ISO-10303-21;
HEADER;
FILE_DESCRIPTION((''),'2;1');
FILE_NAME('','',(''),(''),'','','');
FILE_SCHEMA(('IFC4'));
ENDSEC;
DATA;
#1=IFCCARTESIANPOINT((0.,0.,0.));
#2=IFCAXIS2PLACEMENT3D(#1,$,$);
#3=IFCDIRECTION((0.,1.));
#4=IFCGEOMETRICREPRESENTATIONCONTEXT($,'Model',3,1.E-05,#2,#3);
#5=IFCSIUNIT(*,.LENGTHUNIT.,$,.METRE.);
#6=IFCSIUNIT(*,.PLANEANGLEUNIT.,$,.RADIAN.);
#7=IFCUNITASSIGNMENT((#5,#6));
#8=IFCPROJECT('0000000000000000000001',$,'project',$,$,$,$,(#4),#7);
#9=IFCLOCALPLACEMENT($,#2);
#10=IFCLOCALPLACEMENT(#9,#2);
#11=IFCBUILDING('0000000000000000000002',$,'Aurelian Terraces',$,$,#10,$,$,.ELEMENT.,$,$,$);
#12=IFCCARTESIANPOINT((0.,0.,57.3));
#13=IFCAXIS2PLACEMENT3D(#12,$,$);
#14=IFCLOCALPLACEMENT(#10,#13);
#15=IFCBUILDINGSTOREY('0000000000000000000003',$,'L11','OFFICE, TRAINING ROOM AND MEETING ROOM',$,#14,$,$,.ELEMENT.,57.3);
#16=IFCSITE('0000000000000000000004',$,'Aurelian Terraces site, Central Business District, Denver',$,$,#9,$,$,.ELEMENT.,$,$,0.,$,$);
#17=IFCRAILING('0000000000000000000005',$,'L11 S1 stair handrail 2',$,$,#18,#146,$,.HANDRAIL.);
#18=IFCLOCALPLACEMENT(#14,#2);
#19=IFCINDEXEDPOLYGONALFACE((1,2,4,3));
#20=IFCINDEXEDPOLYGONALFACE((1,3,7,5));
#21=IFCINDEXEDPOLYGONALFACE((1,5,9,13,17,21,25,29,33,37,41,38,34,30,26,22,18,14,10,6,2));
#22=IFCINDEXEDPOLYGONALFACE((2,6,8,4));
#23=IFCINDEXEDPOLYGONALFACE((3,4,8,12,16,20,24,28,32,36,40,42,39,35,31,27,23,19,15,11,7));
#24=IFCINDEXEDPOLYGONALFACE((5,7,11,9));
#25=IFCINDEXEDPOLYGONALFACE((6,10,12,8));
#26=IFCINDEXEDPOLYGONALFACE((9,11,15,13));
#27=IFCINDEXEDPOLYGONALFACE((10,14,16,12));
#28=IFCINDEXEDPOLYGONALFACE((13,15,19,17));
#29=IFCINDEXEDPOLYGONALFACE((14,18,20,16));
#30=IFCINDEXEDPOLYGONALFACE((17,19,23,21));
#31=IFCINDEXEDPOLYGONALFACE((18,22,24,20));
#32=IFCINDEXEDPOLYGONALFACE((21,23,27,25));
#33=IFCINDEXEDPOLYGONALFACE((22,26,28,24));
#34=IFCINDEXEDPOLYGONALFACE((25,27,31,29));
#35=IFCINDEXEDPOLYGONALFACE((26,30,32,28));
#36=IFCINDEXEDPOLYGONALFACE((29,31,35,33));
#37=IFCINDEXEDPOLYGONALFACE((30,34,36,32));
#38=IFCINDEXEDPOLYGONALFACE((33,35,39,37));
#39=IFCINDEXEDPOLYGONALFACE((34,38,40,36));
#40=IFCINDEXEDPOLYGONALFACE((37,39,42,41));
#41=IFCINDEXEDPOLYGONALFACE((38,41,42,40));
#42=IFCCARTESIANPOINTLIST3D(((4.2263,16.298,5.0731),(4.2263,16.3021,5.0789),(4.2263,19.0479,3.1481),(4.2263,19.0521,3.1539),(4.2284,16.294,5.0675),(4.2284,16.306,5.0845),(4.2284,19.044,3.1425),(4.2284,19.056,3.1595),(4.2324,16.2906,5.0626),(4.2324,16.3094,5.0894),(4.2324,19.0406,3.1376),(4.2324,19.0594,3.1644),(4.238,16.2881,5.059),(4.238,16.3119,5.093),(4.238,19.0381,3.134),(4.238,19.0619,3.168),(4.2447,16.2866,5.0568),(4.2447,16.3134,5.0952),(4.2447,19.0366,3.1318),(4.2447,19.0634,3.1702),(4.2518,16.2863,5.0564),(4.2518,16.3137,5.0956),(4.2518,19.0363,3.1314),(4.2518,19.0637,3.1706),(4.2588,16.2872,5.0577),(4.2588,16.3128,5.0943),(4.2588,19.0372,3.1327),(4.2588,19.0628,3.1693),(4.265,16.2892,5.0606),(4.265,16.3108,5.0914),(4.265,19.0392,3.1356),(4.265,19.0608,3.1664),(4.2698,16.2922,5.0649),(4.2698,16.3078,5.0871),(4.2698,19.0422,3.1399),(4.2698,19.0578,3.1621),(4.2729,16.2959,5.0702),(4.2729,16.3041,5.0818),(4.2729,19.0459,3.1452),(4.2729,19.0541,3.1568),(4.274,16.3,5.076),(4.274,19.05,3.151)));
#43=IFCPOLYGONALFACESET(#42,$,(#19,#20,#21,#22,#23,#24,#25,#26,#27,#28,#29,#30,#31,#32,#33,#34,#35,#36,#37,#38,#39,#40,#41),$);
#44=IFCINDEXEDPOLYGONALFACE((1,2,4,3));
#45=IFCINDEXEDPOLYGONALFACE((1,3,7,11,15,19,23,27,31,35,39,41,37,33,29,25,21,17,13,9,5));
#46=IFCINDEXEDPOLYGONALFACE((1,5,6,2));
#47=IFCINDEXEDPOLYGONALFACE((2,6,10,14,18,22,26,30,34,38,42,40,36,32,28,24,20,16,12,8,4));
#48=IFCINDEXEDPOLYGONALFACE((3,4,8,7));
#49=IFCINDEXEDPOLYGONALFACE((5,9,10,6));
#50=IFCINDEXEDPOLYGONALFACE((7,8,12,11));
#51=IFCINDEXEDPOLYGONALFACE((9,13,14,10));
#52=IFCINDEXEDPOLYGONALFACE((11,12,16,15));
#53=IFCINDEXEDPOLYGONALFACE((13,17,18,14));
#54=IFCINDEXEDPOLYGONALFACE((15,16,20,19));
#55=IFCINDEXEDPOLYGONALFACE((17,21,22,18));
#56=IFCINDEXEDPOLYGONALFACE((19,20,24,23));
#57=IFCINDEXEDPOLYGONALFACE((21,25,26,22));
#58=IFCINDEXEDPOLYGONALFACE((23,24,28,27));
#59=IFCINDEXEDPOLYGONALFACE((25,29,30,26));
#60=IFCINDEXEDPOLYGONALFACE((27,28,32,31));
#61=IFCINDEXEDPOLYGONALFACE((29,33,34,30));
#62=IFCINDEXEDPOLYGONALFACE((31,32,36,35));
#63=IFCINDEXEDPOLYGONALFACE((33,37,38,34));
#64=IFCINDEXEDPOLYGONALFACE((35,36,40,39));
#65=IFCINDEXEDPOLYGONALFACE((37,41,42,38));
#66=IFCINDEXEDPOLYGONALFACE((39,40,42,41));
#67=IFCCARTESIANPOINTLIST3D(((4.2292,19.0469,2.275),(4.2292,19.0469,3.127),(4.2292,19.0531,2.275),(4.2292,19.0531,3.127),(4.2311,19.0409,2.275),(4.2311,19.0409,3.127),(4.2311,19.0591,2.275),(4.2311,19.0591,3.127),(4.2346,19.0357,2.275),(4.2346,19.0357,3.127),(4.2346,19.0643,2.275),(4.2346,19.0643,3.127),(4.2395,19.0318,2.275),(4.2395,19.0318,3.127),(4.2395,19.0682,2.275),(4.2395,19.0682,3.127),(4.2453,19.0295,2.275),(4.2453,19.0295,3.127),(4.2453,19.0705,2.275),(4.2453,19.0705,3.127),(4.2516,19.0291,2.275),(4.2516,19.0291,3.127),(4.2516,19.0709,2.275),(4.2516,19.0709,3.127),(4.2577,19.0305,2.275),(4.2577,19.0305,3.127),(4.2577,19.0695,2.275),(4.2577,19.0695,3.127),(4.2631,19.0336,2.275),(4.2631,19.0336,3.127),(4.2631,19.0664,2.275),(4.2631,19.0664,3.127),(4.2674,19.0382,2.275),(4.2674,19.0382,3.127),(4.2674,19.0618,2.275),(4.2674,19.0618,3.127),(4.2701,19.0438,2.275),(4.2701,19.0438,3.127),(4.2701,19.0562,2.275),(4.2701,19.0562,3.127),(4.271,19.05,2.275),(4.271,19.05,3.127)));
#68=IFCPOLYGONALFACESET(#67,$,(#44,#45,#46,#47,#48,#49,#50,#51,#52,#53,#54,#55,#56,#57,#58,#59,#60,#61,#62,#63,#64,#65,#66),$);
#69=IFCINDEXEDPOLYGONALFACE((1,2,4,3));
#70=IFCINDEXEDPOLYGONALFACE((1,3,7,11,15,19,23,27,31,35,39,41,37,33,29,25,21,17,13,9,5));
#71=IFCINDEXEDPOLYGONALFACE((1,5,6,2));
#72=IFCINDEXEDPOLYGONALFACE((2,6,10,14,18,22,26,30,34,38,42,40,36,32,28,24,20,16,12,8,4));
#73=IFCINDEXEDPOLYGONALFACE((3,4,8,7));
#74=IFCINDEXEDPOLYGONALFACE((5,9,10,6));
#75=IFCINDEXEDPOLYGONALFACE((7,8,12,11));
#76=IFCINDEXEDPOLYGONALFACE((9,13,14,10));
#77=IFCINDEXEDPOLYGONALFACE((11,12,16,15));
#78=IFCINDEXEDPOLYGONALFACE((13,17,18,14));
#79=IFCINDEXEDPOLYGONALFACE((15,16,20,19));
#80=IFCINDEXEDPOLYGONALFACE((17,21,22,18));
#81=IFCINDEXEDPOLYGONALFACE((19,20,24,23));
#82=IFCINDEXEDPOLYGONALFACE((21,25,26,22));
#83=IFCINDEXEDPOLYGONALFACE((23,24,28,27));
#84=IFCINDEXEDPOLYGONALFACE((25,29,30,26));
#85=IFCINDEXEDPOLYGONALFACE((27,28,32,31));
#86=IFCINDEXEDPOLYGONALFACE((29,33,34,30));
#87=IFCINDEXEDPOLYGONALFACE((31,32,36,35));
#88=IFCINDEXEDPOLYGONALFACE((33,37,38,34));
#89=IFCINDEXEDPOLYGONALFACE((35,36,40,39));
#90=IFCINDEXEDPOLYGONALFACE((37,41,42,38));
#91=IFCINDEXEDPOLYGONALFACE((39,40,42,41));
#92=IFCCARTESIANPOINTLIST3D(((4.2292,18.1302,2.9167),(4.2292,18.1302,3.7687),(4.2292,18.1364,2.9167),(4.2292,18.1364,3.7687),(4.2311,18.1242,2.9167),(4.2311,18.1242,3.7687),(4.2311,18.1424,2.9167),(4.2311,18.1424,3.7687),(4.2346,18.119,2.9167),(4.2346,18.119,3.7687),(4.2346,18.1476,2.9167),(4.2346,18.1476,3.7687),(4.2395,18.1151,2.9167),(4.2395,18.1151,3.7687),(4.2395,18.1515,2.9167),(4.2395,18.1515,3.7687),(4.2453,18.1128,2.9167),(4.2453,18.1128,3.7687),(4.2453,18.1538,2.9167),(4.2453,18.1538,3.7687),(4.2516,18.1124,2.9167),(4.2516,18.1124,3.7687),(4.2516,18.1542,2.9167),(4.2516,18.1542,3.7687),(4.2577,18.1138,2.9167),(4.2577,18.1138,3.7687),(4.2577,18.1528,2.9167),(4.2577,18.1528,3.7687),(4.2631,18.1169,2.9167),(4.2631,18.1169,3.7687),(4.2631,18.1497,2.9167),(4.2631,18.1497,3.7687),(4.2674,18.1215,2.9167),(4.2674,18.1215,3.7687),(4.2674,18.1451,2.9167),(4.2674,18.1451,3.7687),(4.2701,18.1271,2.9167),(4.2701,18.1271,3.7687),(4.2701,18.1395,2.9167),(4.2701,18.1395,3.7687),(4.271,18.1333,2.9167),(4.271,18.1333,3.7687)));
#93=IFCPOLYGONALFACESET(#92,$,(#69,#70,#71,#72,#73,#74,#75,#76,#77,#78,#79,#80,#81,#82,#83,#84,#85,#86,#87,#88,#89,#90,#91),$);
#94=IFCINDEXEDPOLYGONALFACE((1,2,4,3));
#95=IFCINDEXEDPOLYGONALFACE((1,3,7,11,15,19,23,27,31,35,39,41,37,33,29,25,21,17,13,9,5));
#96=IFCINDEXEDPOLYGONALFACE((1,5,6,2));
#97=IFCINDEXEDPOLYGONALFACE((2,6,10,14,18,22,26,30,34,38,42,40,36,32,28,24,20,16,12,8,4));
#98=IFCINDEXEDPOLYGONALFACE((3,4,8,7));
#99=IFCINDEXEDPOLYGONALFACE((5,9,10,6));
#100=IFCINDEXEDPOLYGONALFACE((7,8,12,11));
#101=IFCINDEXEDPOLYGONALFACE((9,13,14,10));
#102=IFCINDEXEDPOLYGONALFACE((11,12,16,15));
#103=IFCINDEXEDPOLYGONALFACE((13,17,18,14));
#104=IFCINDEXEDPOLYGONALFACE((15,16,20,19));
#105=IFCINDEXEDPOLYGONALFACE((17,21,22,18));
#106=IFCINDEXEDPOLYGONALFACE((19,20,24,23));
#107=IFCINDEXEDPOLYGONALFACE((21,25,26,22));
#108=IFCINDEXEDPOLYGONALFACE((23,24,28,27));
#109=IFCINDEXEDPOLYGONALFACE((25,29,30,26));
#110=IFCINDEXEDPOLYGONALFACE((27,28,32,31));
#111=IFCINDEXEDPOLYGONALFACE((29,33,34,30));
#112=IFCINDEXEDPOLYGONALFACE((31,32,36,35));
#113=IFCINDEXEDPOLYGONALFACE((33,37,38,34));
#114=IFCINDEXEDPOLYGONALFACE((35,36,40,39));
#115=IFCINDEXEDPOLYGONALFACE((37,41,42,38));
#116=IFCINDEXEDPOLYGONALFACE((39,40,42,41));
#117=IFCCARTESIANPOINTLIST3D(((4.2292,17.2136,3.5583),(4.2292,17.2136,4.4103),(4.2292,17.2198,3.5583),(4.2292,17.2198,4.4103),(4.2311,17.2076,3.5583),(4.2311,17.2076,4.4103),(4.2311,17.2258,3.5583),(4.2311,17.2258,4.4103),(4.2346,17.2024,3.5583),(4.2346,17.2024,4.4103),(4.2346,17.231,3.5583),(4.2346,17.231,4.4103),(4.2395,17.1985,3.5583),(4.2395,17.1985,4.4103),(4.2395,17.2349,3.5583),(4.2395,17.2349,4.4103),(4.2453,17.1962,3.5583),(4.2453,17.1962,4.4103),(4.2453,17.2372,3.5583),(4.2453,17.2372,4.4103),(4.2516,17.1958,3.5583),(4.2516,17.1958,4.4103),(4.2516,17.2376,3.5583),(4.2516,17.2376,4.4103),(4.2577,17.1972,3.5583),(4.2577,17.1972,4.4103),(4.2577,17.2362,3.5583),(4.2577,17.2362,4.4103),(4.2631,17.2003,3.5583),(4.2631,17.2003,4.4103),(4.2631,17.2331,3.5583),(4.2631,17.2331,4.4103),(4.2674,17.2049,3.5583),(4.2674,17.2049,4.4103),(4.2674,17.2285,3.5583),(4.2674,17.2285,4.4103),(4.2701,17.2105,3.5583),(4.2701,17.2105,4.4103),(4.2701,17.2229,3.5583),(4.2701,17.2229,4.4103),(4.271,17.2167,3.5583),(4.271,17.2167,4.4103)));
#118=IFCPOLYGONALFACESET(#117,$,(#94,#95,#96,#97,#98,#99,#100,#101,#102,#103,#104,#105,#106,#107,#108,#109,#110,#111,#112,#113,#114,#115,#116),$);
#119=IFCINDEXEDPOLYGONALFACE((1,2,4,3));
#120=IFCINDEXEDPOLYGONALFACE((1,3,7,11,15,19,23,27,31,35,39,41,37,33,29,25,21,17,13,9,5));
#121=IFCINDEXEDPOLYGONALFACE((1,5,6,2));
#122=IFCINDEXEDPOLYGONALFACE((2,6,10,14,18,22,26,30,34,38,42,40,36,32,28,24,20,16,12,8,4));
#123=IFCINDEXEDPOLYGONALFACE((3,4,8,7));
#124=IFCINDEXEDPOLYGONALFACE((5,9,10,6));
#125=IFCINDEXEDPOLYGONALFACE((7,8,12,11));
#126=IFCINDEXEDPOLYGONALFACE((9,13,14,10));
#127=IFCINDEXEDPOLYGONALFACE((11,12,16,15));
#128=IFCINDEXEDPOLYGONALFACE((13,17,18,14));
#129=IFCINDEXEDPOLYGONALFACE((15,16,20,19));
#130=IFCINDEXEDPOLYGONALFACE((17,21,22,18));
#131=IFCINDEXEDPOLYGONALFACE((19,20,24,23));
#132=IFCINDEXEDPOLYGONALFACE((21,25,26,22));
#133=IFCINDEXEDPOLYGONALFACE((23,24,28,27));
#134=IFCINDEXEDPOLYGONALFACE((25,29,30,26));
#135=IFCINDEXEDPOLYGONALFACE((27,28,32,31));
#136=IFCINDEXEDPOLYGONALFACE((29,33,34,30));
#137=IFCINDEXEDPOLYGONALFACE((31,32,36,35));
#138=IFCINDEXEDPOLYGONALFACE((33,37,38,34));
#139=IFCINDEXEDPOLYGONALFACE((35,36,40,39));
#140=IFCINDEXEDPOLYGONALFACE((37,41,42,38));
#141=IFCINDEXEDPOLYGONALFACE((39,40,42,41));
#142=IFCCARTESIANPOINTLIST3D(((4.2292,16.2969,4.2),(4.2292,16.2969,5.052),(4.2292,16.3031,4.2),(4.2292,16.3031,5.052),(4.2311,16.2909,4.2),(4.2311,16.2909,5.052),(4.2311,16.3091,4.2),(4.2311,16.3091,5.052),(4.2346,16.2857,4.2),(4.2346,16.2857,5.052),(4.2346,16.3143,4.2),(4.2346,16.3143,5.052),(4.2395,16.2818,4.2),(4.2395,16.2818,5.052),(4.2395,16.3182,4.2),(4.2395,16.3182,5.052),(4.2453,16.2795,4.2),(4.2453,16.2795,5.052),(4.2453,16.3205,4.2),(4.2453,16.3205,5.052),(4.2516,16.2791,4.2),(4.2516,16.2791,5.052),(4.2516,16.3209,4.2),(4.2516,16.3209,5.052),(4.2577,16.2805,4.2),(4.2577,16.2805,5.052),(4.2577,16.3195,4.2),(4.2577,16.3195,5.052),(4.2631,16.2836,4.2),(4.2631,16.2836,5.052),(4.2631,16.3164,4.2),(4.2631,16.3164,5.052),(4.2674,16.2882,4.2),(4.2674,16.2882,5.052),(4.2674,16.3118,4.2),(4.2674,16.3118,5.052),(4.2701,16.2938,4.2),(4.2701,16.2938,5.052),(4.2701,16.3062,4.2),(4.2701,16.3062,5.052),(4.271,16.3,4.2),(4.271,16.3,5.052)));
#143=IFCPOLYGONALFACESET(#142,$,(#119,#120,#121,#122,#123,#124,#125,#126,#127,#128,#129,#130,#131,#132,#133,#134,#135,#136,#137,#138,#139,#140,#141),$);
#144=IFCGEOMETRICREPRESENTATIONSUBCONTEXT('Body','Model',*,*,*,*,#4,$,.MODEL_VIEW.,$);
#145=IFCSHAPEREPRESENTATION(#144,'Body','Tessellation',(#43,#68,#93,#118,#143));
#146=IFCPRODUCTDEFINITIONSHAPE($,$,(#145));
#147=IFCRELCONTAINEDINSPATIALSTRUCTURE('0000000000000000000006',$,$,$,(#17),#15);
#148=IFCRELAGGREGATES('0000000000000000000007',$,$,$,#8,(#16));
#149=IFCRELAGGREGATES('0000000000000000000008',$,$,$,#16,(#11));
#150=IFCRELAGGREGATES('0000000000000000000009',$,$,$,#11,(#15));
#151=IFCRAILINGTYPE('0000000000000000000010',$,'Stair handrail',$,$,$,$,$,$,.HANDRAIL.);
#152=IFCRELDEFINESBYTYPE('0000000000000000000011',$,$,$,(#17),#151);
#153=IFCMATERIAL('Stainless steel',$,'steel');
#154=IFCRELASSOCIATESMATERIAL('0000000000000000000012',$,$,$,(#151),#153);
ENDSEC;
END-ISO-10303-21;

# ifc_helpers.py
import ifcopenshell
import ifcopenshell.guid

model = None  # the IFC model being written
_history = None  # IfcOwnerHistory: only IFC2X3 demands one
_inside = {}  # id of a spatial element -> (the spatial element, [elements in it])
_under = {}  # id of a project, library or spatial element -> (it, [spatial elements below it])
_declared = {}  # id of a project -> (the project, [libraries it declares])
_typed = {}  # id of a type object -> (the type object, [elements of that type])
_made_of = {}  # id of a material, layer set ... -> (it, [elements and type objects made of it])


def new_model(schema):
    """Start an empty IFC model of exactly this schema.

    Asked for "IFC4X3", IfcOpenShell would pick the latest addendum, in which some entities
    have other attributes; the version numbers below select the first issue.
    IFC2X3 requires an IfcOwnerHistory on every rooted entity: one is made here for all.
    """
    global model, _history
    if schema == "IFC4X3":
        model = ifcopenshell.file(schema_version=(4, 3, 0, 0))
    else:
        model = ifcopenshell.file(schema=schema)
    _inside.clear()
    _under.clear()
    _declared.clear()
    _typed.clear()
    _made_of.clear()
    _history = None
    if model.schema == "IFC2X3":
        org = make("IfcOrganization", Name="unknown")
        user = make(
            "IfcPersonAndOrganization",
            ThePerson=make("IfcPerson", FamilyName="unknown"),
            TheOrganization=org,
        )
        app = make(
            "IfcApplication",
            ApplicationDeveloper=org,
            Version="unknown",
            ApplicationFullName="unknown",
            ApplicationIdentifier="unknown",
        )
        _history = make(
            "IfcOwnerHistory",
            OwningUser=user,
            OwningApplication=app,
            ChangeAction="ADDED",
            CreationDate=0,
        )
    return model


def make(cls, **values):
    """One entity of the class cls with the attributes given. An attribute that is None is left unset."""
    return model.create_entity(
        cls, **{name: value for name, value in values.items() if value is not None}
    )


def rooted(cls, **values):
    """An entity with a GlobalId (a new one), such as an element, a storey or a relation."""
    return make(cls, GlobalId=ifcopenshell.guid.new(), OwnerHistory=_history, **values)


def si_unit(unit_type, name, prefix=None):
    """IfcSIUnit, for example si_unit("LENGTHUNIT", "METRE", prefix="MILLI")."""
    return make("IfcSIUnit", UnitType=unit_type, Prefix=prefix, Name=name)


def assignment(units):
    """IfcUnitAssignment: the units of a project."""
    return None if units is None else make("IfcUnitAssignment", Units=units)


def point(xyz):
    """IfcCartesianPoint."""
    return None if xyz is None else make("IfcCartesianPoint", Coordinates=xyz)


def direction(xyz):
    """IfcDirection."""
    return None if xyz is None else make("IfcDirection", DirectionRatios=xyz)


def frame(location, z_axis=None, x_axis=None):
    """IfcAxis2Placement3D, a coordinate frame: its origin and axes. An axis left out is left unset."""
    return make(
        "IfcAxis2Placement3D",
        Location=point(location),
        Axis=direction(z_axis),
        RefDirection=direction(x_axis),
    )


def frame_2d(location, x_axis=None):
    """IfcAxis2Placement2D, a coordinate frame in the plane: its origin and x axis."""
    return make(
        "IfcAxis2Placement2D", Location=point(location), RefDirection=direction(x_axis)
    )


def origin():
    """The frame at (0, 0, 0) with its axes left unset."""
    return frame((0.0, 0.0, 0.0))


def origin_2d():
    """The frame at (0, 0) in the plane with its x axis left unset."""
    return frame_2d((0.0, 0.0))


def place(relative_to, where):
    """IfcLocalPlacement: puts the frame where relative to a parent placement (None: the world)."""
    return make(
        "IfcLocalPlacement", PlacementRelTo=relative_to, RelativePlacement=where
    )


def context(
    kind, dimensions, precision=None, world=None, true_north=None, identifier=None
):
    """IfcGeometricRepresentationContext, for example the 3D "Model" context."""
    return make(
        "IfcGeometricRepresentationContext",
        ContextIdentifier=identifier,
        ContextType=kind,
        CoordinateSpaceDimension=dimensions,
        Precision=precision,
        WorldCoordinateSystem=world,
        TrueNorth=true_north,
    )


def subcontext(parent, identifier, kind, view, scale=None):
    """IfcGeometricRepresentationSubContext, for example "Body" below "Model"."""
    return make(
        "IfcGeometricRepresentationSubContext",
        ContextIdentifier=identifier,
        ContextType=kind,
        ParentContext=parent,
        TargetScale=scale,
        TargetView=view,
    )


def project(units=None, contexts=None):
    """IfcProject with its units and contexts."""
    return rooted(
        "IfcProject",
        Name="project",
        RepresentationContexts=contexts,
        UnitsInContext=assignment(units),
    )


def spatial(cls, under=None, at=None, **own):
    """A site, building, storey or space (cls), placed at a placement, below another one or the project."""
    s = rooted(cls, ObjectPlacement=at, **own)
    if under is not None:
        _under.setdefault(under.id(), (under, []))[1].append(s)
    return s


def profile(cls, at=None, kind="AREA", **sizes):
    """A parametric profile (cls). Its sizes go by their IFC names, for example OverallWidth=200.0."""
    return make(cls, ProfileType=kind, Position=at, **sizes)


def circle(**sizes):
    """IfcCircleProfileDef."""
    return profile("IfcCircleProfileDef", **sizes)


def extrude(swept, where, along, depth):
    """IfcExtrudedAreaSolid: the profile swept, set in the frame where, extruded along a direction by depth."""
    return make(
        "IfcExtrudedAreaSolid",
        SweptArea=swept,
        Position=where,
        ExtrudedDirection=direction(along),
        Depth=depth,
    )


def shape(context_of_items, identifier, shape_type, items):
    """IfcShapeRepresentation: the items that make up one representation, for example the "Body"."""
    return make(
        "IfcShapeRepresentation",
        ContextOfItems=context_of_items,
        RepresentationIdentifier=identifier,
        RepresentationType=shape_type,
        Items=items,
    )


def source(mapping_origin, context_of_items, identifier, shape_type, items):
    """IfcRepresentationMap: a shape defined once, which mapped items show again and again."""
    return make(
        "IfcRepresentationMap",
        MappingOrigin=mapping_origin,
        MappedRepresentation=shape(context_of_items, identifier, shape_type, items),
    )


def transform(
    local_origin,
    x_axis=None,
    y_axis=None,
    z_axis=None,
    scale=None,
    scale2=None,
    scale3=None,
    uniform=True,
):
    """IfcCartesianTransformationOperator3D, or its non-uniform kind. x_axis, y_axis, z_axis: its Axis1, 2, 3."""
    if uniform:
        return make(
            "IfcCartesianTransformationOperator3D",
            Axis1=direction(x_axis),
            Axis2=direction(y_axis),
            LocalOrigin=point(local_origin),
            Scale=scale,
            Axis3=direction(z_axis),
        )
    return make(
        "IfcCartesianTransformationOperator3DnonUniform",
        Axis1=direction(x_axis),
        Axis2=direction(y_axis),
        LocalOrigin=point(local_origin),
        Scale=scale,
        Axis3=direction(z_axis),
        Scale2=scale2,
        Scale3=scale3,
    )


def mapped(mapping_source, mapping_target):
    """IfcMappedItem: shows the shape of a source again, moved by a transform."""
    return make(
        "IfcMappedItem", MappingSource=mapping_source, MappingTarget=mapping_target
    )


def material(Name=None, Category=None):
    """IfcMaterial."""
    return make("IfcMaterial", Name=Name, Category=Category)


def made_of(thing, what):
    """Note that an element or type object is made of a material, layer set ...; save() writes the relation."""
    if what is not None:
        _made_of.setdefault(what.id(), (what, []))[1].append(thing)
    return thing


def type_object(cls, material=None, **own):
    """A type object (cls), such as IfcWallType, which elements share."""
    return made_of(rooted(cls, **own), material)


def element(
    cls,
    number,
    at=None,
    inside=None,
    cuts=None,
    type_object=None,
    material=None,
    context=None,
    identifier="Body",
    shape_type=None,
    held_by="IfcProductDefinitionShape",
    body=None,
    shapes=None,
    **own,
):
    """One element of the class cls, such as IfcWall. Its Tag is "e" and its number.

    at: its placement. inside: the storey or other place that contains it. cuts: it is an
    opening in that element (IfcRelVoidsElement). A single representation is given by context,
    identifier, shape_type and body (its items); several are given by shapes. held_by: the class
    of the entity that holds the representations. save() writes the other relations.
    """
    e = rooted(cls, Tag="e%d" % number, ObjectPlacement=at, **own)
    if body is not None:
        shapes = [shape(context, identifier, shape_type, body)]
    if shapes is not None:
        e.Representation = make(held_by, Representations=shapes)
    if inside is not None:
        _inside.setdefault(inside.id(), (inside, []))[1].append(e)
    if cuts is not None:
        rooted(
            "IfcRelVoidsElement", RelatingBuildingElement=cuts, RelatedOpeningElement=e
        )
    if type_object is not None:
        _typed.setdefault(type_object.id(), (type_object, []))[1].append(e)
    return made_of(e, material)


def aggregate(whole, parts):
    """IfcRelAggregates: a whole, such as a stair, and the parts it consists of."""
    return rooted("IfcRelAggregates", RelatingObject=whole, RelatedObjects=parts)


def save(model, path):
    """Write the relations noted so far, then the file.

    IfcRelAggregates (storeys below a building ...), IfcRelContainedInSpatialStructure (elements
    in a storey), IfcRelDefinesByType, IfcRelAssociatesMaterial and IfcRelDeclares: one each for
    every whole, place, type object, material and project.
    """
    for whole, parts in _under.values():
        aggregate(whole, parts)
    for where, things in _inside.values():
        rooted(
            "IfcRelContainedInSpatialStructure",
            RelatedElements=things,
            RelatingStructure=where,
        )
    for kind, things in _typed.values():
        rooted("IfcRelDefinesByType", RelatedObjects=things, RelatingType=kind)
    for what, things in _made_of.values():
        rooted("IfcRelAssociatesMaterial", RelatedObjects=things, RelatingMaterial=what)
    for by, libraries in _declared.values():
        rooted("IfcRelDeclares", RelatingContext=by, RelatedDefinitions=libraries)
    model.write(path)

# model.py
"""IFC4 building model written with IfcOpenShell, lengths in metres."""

from ifc_helpers import new_model, si_unit, direction, frame, origin, origin_2d, place, context, subcontext, project, spatial, circle, extrude, source, transform, mapped, material, type_object, element, save


model = new_model("IFC4")

# Units and contexts
model_context = context("Model", 3, precision=1e-05, world=origin(), true_north=direction((0.0, 1.0)))
body_context = subcontext(model_context, "Body", "Model", "MODEL_VIEW")
ifc_project = project(units=[si_unit("LENGTHUNIT", "METRE"), si_unit("PLANEANGLEUNIT", "RADIAN")], contexts=[model_context])

# Site, building, storey
site_placement = place(None, origin())
site = spatial("IfcSite", under=ifc_project, at=site_placement, Name="Aurelian Terraces site, Central Business District, Denver", CompositionType="ELEMENT", RefElevation=0.0)
building_placement = place(site_placement, origin())
building = spatial("IfcBuilding", under=site, at=building_placement, Name="Aurelian Terraces", CompositionType="ELEMENT")
storey_placement = place(building_placement, frame((0.0, 0.0, 57.3)))
storey = spatial("IfcBuildingStorey", under=building, at=storey_placement, Name="L11", Description="OFFICE, TRAINING ROOM AND MEETING ROOM", CompositionType="ELEMENT", Elevation=57.3)

# Shared definitions
ifc_material_1 = material(Name="Stainless steel", Category="steel")

# Railing
railing_type_1 = type_object("IfcRailingType", Name="Stair handrail", PredefinedType="HANDRAIL", material=ifc_material_1)
shared_shape_1 = source(origin(), body_context, "Body", "SweptSolid", [
    extrude(circle(Radius=0.024, at=origin_2d()), frame((0.0, 0.0, 0.876), z_axis=(0.0, -0.819232, 0.573462), x_axis=(1.0, 0.0, 0.0)), (0.0, 0.0, 1.0), 3.3568),
    extrude(circle(Radius=0.021, at=origin_2d()), origin(), (0.0, 0.0, 1.0), 0.852),
    extrude(circle(Radius=0.021, at=origin_2d()), frame((0.0, -0.9167, 0.6417)), (0.0, 0.0, 1.0), 0.852),
    extrude(circle(Radius=0.021, at=origin_2d()), frame((0.0, -1.8333, 1.2833)), (0.0, 0.0, 1.0), 0.852),
    extrude(circle(Radius=0.021, at=origin_2d()), frame((0.0, -2.75, 1.925)), (0.0, 0.0, 1.0), 0.852),
])
railing_1_placement = place(storey_placement, frame((4.25, 19.05, 2.275)))
element("IfcRailing", 1, at=railing_1_placement, inside=storey, type_object=railing_type_1, Name="L11 S1 stair handrail 2", PredefinedType="HANDRAIL", context=body_context, shape_type="MappedRepresentation", body=[
    mapped(shared_shape_1, transform((0.0, 0.0, 0.0), scale=1.0)),
])

save(model, "model.ifc")
